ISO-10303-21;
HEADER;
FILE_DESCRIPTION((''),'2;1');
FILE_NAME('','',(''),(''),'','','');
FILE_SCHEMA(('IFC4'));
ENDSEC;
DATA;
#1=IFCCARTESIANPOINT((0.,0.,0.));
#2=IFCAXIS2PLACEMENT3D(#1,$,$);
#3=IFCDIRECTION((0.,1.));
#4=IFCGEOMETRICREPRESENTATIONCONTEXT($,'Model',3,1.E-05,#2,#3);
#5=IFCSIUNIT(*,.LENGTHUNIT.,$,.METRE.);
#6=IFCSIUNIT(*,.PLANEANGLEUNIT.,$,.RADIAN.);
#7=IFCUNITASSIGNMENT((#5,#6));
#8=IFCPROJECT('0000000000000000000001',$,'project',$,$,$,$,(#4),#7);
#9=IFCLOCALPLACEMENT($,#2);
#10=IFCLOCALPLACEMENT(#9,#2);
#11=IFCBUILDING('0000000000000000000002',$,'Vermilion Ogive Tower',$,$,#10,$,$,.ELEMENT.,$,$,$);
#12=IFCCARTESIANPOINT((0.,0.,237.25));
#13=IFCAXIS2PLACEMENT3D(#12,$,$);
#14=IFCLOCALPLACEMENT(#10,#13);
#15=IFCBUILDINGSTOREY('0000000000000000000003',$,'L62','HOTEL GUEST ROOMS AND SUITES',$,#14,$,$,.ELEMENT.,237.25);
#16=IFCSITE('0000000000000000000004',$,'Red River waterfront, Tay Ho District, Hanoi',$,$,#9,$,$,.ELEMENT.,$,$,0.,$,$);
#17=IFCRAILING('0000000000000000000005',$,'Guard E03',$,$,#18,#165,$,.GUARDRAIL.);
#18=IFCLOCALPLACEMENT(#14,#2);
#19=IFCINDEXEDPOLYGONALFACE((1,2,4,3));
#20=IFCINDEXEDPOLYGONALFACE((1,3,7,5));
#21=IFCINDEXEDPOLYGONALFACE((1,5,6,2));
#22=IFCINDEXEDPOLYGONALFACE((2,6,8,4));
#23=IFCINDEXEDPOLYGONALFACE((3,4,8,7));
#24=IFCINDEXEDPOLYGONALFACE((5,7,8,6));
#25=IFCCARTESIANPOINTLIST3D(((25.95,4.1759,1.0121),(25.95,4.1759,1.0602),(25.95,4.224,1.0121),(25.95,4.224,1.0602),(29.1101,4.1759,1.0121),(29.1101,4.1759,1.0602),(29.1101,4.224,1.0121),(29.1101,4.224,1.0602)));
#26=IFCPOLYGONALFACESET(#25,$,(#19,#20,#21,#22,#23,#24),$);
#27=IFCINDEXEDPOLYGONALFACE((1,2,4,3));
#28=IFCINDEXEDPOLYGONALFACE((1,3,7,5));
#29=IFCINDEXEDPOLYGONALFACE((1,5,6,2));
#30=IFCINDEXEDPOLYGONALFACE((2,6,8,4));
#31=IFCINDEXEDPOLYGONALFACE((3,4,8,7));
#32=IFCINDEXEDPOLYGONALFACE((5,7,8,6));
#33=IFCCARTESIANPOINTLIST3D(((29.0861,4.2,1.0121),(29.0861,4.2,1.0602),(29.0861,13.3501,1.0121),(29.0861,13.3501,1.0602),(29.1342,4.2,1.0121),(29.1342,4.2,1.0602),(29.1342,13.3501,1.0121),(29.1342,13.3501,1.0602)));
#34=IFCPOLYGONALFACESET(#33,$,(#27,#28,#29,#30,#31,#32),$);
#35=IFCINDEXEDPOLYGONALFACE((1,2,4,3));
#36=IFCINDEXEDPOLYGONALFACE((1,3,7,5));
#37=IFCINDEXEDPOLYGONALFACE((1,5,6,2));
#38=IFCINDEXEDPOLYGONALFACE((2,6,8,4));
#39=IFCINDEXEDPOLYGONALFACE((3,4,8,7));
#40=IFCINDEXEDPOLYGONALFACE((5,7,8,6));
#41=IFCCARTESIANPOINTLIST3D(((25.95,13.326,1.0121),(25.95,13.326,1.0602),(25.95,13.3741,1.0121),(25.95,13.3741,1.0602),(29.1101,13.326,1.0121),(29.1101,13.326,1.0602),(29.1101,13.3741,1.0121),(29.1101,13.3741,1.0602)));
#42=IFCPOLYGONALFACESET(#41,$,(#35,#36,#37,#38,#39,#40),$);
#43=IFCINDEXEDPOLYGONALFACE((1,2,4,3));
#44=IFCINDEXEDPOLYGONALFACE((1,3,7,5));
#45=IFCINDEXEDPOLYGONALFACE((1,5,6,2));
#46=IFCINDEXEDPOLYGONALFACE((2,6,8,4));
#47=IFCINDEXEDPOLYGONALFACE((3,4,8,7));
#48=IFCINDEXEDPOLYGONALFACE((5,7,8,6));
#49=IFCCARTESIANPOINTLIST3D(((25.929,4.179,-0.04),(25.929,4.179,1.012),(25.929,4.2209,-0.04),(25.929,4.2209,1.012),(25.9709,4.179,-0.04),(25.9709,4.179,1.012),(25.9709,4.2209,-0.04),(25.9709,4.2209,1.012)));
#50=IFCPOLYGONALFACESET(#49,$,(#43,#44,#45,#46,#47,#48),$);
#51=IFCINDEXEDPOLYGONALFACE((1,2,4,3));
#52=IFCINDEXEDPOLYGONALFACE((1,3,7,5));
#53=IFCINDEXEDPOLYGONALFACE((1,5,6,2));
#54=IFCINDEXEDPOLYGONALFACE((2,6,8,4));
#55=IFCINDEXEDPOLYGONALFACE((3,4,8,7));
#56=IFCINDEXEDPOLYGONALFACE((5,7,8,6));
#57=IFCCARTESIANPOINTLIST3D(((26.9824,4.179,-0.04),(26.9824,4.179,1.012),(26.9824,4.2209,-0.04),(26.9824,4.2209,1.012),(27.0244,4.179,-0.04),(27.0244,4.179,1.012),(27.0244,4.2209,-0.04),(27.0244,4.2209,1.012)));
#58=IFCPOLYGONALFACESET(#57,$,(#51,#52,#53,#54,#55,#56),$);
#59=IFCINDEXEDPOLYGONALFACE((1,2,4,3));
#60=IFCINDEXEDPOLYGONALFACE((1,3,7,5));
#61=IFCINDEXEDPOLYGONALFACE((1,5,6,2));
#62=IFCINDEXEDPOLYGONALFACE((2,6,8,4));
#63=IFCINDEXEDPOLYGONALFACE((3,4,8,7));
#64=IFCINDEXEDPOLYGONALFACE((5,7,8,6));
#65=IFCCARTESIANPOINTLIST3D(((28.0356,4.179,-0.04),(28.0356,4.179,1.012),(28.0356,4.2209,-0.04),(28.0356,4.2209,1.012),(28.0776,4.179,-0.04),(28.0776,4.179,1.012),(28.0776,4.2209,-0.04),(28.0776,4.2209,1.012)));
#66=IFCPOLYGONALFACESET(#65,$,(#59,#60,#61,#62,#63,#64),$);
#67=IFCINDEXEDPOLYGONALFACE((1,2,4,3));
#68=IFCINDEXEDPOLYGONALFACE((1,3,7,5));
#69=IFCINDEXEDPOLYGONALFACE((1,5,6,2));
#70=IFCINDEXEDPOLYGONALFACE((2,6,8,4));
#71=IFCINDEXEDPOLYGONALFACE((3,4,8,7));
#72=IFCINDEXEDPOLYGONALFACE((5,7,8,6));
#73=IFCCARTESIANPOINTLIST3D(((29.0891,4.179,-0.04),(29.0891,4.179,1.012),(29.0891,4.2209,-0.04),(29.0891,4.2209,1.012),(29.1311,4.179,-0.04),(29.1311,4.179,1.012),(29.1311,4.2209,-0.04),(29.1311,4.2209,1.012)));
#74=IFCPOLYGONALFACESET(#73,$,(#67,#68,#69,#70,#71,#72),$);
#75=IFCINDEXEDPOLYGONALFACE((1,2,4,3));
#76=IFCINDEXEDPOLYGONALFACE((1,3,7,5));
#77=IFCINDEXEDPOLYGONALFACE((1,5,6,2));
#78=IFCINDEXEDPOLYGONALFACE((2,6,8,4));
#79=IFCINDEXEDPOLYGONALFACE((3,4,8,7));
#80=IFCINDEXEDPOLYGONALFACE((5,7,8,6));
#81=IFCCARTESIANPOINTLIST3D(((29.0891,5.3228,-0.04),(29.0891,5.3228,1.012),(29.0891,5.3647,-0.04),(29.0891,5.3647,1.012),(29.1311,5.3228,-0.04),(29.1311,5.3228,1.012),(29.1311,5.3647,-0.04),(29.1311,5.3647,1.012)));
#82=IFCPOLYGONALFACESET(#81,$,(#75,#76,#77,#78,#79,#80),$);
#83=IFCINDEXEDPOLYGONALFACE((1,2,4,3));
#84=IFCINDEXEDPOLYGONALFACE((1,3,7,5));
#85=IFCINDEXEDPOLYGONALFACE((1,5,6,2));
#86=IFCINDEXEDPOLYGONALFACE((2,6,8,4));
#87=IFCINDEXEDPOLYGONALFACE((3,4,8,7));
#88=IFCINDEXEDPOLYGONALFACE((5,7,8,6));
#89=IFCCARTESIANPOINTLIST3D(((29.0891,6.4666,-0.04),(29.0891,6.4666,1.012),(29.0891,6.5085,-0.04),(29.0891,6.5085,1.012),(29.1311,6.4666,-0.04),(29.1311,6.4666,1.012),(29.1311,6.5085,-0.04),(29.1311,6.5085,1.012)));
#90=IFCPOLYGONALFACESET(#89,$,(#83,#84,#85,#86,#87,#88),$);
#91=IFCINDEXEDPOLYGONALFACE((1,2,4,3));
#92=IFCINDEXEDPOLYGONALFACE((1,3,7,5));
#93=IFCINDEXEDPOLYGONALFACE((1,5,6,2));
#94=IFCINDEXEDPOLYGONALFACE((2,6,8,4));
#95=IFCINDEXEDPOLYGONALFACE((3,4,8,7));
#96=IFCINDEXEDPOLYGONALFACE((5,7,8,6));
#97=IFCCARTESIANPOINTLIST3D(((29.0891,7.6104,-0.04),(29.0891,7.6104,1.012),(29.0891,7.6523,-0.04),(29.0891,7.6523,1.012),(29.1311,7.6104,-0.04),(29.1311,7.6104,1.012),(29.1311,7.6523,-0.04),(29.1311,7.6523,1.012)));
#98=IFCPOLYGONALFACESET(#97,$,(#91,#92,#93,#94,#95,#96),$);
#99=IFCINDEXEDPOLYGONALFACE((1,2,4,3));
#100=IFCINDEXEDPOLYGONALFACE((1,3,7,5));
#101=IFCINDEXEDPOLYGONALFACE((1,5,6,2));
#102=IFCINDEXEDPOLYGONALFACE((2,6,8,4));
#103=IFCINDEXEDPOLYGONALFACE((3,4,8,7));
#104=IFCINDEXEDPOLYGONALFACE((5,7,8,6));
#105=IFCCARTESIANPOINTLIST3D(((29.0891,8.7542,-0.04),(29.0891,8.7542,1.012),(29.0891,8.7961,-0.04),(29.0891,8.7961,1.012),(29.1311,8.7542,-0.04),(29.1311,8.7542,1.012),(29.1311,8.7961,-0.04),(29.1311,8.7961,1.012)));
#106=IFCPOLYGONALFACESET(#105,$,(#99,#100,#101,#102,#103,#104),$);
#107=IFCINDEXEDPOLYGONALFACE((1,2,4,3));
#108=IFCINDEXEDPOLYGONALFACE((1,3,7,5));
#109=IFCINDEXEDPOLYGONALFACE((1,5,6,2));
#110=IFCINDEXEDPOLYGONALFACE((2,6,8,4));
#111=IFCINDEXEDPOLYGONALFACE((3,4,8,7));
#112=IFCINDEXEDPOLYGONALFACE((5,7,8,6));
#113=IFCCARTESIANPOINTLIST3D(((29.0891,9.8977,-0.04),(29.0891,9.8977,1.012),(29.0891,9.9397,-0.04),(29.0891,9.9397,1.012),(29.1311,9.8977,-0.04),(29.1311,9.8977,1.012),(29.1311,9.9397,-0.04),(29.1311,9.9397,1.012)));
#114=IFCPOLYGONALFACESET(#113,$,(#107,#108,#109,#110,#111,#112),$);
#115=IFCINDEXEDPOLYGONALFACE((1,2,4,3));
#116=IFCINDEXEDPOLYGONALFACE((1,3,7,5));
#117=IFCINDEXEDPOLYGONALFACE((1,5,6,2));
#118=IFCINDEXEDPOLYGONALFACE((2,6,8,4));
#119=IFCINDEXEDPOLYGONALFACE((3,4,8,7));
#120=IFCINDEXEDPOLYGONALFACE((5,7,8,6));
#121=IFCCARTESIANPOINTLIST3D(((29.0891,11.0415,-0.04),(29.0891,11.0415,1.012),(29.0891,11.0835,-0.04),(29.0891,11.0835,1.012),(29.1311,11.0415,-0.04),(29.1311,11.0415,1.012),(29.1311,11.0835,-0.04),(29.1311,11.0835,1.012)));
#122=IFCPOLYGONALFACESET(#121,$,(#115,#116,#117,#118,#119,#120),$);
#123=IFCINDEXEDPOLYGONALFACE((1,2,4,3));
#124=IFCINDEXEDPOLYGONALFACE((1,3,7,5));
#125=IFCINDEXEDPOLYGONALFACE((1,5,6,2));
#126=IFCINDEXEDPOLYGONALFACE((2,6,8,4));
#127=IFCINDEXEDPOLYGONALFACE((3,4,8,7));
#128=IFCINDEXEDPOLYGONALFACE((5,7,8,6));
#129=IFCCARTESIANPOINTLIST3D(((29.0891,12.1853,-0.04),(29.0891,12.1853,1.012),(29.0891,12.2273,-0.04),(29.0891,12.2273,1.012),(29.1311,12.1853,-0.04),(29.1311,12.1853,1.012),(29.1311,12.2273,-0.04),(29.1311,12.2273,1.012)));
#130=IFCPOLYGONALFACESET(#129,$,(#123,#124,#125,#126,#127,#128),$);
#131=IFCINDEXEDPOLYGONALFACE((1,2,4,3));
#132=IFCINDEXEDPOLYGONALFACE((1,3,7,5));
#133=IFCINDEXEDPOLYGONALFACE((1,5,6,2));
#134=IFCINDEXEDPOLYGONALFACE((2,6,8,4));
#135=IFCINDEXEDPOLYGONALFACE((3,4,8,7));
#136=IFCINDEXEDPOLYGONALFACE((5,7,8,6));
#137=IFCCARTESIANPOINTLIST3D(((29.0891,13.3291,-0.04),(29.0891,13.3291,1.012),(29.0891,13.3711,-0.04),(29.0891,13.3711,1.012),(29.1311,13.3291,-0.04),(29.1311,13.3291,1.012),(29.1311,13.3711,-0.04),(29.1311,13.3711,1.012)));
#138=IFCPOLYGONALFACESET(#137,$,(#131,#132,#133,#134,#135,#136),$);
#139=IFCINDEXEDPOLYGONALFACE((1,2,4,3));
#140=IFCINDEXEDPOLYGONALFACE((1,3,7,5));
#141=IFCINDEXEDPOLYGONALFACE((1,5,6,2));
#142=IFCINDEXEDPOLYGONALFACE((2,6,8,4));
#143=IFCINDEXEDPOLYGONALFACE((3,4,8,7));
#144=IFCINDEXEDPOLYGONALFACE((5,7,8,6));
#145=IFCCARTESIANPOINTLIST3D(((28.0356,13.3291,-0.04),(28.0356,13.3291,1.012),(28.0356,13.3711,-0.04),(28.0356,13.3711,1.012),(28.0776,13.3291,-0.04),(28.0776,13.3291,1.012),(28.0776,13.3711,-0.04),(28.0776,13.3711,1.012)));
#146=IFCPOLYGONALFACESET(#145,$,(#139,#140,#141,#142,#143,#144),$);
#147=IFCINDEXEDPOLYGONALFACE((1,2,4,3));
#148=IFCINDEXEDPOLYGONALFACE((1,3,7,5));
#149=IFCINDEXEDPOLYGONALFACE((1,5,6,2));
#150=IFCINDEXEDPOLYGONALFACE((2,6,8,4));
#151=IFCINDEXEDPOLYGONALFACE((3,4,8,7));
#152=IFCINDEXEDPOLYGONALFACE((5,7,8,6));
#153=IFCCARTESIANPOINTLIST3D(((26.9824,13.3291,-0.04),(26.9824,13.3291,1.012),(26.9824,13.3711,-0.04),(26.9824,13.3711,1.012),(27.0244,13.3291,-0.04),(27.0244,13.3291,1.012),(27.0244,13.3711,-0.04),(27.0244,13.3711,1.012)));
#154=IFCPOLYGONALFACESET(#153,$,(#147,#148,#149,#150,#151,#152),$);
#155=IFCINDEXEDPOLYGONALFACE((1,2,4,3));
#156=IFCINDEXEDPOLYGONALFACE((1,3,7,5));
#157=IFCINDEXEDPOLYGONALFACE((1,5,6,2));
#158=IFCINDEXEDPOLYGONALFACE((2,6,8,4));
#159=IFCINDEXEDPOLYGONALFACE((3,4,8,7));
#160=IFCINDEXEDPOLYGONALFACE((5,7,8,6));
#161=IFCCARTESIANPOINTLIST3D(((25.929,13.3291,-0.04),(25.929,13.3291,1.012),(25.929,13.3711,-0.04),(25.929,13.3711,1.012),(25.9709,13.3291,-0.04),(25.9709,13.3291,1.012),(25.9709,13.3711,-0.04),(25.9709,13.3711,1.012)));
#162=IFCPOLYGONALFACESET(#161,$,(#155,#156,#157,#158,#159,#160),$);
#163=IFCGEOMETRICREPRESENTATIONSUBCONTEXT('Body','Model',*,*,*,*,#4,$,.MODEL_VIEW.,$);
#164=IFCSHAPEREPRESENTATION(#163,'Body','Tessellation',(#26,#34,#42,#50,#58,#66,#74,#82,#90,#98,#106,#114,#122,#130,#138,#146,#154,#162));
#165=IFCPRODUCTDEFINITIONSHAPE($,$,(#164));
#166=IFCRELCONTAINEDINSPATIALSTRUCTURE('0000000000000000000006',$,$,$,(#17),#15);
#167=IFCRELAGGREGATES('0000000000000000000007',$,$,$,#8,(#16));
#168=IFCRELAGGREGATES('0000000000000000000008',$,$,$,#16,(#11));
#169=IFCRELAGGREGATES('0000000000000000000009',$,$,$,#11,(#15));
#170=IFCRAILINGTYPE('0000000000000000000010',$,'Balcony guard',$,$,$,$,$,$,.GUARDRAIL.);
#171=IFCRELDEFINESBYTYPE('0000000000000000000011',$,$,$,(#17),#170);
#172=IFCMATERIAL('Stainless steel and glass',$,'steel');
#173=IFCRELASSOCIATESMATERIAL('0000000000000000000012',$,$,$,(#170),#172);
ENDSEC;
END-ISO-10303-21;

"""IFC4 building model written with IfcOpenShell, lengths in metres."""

from ifc_helpers import new_model, si_unit, direction, frame, origin, origin_2d, place, context, subcontext, project, spatial, rectangle, extrude, material, type_object, element, save


model = new_model("IFC4")

# Units and contexts
model_context = context("Model", 3, precision=1e-05, world=origin(), true_north=direction((0.0, 1.0)))
body_context = subcontext(model_context, "Body", "Model", "MODEL_VIEW")
ifc_project = project(units=[si_unit("LENGTHUNIT", "METRE"), si_unit("PLANEANGLEUNIT", "RADIAN")], contexts=[model_context])

# Site, building, storey
site_placement = place(None, origin())
site = spatial("IfcSite", under=ifc_project, at=site_placement, Name="Red River waterfront, Tay Ho District, Hanoi", CompositionType="ELEMENT", RefElevation=0.0)
building_placement = place(site_placement, origin())
building = spatial("IfcBuilding", under=site, at=building_placement, Name="Vermilion Ogive Tower", CompositionType="ELEMENT")
storey_placement = place(building_placement, frame((0.0, 0.0, 237.25)))
storey = spatial("IfcBuildingStorey", under=building, at=storey_placement, Name="L62", Description="HOTEL GUEST ROOMS AND SUITES", CompositionType="ELEMENT", Elevation=237.25)

# Railing
ifc_material_1 = material(Name="Stainless steel and glass", Category="steel")
railing_type_1 = type_object("IfcRailingType", Name="Balcony guard", PredefinedType="GUARDRAIL", material=ifc_material_1)
railing_1_placement = place(storey_placement, frame((25.95, 4.2, -0.04)))
element("IfcRailing", 1, at=railing_1_placement, inside=storey, type_object=railing_type_1, Name="Guard E03", PredefinedType="GUARDRAIL", context=body_context, shape_type="SweptSolid", body=[
    extrude(rectangle(XDim=0.0481, YDim=0.0481, at=origin_2d()), frame((0.0, 0.0, 1.0762), z_axis=(1.0, 0.0, 0.0), x_axis=(0.0, 1.0, 0.0)), (0.0, 0.0, 1.0), 3.1602),
    extrude(rectangle(XDim=0.0481, YDim=0.0481, at=origin_2d()), frame((3.1602, 0.0, 1.0762), z_axis=(0.0, 1.0, 0.0), x_axis=(-1.0, 0.0, 0.0)), (0.0, 0.0, 1.0), 9.1501),
    extrude(rectangle(XDim=0.0481, YDim=0.0481, at=origin_2d()), frame((3.1602, 9.1501, 1.0762), z_axis=(-1.0, 0.0, 0.0), x_axis=(0.0, -1.0, 0.0)), (0.0, 0.0, 1.0), 3.1602),
    extrude(rectangle(XDim=0.042, YDim=0.042, at=origin_2d()), origin(), (0.0, 0.0, 1.0), 1.052),
    extrude(rectangle(XDim=0.042, YDim=0.042, at=origin_2d()), frame((1.0535, 0.0, 0.0)), (0.0, 0.0, 1.0), 1.052),
    extrude(rectangle(XDim=0.042, YDim=0.042, at=origin_2d()), frame((2.1067, 0.0, 0.0)), (0.0, 0.0, 1.0), 1.052),
    extrude(rectangle(XDim=0.042, YDim=0.042, at=origin_2d()), frame((3.1602, 0.0, 0.0)), (0.0, 0.0, 1.0), 1.052),
    extrude(rectangle(XDim=0.042, YDim=0.042, at=origin_2d()), frame((3.1602, 1.1438, 0.0)), (0.0, 0.0, 1.0), 1.052),
    extrude(rectangle(XDim=0.042, YDim=0.042, at=origin_2d()), frame((3.1602, 2.2876, 0.0)), (0.0, 0.0, 1.0), 1.052),
    extrude(rectangle(XDim=0.042, YDim=0.042, at=origin_2d()), frame((3.1602, 3.4314, 0.0)), (0.0, 0.0, 1.0), 1.052),
    extrude(rectangle(XDim=0.042, YDim=0.042, at=origin_2d()), frame((3.1602, 4.5752, 0.0)), (0.0, 0.0, 1.0), 1.052),
    extrude(rectangle(XDim=0.042, YDim=0.042, at=origin_2d()), frame((3.1602, 5.7188, 0.0)), (0.0, 0.0, 1.0), 1.052),
    extrude(rectangle(XDim=0.042, YDim=0.042, at=origin_2d()), frame((3.1602, 6.8625, 0.0)), (0.0, 0.0, 1.0), 1.052),
    extrude(rectangle(XDim=0.042, YDim=0.042, at=origin_2d()), frame((3.1602, 8.0063, 0.0)), (0.0, 0.0, 1.0), 1.052),
    extrude(rectangle(XDim=0.042, YDim=0.042, at=origin_2d()), frame((3.1602, 9.1501, 0.0)), (0.0, 0.0, 1.0), 1.052),
    extrude(rectangle(XDim=0.042, YDim=0.042, at=origin_2d()), frame((2.1067, 9.1501, 0.0)), (0.0, 0.0, 1.0), 1.052),
    extrude(rectangle(XDim=0.042, YDim=0.042, at=origin_2d()), frame((1.0535, 9.1501, 0.0)), (0.0, 0.0, 1.0), 1.052),
    extrude(rectangle(XDim=0.042, YDim=0.042, at=origin_2d()), frame((0.0, 9.1501, 0.0)), (0.0, 0.0, 1.0), 1.052),
])

save(model, "model.ifc")
